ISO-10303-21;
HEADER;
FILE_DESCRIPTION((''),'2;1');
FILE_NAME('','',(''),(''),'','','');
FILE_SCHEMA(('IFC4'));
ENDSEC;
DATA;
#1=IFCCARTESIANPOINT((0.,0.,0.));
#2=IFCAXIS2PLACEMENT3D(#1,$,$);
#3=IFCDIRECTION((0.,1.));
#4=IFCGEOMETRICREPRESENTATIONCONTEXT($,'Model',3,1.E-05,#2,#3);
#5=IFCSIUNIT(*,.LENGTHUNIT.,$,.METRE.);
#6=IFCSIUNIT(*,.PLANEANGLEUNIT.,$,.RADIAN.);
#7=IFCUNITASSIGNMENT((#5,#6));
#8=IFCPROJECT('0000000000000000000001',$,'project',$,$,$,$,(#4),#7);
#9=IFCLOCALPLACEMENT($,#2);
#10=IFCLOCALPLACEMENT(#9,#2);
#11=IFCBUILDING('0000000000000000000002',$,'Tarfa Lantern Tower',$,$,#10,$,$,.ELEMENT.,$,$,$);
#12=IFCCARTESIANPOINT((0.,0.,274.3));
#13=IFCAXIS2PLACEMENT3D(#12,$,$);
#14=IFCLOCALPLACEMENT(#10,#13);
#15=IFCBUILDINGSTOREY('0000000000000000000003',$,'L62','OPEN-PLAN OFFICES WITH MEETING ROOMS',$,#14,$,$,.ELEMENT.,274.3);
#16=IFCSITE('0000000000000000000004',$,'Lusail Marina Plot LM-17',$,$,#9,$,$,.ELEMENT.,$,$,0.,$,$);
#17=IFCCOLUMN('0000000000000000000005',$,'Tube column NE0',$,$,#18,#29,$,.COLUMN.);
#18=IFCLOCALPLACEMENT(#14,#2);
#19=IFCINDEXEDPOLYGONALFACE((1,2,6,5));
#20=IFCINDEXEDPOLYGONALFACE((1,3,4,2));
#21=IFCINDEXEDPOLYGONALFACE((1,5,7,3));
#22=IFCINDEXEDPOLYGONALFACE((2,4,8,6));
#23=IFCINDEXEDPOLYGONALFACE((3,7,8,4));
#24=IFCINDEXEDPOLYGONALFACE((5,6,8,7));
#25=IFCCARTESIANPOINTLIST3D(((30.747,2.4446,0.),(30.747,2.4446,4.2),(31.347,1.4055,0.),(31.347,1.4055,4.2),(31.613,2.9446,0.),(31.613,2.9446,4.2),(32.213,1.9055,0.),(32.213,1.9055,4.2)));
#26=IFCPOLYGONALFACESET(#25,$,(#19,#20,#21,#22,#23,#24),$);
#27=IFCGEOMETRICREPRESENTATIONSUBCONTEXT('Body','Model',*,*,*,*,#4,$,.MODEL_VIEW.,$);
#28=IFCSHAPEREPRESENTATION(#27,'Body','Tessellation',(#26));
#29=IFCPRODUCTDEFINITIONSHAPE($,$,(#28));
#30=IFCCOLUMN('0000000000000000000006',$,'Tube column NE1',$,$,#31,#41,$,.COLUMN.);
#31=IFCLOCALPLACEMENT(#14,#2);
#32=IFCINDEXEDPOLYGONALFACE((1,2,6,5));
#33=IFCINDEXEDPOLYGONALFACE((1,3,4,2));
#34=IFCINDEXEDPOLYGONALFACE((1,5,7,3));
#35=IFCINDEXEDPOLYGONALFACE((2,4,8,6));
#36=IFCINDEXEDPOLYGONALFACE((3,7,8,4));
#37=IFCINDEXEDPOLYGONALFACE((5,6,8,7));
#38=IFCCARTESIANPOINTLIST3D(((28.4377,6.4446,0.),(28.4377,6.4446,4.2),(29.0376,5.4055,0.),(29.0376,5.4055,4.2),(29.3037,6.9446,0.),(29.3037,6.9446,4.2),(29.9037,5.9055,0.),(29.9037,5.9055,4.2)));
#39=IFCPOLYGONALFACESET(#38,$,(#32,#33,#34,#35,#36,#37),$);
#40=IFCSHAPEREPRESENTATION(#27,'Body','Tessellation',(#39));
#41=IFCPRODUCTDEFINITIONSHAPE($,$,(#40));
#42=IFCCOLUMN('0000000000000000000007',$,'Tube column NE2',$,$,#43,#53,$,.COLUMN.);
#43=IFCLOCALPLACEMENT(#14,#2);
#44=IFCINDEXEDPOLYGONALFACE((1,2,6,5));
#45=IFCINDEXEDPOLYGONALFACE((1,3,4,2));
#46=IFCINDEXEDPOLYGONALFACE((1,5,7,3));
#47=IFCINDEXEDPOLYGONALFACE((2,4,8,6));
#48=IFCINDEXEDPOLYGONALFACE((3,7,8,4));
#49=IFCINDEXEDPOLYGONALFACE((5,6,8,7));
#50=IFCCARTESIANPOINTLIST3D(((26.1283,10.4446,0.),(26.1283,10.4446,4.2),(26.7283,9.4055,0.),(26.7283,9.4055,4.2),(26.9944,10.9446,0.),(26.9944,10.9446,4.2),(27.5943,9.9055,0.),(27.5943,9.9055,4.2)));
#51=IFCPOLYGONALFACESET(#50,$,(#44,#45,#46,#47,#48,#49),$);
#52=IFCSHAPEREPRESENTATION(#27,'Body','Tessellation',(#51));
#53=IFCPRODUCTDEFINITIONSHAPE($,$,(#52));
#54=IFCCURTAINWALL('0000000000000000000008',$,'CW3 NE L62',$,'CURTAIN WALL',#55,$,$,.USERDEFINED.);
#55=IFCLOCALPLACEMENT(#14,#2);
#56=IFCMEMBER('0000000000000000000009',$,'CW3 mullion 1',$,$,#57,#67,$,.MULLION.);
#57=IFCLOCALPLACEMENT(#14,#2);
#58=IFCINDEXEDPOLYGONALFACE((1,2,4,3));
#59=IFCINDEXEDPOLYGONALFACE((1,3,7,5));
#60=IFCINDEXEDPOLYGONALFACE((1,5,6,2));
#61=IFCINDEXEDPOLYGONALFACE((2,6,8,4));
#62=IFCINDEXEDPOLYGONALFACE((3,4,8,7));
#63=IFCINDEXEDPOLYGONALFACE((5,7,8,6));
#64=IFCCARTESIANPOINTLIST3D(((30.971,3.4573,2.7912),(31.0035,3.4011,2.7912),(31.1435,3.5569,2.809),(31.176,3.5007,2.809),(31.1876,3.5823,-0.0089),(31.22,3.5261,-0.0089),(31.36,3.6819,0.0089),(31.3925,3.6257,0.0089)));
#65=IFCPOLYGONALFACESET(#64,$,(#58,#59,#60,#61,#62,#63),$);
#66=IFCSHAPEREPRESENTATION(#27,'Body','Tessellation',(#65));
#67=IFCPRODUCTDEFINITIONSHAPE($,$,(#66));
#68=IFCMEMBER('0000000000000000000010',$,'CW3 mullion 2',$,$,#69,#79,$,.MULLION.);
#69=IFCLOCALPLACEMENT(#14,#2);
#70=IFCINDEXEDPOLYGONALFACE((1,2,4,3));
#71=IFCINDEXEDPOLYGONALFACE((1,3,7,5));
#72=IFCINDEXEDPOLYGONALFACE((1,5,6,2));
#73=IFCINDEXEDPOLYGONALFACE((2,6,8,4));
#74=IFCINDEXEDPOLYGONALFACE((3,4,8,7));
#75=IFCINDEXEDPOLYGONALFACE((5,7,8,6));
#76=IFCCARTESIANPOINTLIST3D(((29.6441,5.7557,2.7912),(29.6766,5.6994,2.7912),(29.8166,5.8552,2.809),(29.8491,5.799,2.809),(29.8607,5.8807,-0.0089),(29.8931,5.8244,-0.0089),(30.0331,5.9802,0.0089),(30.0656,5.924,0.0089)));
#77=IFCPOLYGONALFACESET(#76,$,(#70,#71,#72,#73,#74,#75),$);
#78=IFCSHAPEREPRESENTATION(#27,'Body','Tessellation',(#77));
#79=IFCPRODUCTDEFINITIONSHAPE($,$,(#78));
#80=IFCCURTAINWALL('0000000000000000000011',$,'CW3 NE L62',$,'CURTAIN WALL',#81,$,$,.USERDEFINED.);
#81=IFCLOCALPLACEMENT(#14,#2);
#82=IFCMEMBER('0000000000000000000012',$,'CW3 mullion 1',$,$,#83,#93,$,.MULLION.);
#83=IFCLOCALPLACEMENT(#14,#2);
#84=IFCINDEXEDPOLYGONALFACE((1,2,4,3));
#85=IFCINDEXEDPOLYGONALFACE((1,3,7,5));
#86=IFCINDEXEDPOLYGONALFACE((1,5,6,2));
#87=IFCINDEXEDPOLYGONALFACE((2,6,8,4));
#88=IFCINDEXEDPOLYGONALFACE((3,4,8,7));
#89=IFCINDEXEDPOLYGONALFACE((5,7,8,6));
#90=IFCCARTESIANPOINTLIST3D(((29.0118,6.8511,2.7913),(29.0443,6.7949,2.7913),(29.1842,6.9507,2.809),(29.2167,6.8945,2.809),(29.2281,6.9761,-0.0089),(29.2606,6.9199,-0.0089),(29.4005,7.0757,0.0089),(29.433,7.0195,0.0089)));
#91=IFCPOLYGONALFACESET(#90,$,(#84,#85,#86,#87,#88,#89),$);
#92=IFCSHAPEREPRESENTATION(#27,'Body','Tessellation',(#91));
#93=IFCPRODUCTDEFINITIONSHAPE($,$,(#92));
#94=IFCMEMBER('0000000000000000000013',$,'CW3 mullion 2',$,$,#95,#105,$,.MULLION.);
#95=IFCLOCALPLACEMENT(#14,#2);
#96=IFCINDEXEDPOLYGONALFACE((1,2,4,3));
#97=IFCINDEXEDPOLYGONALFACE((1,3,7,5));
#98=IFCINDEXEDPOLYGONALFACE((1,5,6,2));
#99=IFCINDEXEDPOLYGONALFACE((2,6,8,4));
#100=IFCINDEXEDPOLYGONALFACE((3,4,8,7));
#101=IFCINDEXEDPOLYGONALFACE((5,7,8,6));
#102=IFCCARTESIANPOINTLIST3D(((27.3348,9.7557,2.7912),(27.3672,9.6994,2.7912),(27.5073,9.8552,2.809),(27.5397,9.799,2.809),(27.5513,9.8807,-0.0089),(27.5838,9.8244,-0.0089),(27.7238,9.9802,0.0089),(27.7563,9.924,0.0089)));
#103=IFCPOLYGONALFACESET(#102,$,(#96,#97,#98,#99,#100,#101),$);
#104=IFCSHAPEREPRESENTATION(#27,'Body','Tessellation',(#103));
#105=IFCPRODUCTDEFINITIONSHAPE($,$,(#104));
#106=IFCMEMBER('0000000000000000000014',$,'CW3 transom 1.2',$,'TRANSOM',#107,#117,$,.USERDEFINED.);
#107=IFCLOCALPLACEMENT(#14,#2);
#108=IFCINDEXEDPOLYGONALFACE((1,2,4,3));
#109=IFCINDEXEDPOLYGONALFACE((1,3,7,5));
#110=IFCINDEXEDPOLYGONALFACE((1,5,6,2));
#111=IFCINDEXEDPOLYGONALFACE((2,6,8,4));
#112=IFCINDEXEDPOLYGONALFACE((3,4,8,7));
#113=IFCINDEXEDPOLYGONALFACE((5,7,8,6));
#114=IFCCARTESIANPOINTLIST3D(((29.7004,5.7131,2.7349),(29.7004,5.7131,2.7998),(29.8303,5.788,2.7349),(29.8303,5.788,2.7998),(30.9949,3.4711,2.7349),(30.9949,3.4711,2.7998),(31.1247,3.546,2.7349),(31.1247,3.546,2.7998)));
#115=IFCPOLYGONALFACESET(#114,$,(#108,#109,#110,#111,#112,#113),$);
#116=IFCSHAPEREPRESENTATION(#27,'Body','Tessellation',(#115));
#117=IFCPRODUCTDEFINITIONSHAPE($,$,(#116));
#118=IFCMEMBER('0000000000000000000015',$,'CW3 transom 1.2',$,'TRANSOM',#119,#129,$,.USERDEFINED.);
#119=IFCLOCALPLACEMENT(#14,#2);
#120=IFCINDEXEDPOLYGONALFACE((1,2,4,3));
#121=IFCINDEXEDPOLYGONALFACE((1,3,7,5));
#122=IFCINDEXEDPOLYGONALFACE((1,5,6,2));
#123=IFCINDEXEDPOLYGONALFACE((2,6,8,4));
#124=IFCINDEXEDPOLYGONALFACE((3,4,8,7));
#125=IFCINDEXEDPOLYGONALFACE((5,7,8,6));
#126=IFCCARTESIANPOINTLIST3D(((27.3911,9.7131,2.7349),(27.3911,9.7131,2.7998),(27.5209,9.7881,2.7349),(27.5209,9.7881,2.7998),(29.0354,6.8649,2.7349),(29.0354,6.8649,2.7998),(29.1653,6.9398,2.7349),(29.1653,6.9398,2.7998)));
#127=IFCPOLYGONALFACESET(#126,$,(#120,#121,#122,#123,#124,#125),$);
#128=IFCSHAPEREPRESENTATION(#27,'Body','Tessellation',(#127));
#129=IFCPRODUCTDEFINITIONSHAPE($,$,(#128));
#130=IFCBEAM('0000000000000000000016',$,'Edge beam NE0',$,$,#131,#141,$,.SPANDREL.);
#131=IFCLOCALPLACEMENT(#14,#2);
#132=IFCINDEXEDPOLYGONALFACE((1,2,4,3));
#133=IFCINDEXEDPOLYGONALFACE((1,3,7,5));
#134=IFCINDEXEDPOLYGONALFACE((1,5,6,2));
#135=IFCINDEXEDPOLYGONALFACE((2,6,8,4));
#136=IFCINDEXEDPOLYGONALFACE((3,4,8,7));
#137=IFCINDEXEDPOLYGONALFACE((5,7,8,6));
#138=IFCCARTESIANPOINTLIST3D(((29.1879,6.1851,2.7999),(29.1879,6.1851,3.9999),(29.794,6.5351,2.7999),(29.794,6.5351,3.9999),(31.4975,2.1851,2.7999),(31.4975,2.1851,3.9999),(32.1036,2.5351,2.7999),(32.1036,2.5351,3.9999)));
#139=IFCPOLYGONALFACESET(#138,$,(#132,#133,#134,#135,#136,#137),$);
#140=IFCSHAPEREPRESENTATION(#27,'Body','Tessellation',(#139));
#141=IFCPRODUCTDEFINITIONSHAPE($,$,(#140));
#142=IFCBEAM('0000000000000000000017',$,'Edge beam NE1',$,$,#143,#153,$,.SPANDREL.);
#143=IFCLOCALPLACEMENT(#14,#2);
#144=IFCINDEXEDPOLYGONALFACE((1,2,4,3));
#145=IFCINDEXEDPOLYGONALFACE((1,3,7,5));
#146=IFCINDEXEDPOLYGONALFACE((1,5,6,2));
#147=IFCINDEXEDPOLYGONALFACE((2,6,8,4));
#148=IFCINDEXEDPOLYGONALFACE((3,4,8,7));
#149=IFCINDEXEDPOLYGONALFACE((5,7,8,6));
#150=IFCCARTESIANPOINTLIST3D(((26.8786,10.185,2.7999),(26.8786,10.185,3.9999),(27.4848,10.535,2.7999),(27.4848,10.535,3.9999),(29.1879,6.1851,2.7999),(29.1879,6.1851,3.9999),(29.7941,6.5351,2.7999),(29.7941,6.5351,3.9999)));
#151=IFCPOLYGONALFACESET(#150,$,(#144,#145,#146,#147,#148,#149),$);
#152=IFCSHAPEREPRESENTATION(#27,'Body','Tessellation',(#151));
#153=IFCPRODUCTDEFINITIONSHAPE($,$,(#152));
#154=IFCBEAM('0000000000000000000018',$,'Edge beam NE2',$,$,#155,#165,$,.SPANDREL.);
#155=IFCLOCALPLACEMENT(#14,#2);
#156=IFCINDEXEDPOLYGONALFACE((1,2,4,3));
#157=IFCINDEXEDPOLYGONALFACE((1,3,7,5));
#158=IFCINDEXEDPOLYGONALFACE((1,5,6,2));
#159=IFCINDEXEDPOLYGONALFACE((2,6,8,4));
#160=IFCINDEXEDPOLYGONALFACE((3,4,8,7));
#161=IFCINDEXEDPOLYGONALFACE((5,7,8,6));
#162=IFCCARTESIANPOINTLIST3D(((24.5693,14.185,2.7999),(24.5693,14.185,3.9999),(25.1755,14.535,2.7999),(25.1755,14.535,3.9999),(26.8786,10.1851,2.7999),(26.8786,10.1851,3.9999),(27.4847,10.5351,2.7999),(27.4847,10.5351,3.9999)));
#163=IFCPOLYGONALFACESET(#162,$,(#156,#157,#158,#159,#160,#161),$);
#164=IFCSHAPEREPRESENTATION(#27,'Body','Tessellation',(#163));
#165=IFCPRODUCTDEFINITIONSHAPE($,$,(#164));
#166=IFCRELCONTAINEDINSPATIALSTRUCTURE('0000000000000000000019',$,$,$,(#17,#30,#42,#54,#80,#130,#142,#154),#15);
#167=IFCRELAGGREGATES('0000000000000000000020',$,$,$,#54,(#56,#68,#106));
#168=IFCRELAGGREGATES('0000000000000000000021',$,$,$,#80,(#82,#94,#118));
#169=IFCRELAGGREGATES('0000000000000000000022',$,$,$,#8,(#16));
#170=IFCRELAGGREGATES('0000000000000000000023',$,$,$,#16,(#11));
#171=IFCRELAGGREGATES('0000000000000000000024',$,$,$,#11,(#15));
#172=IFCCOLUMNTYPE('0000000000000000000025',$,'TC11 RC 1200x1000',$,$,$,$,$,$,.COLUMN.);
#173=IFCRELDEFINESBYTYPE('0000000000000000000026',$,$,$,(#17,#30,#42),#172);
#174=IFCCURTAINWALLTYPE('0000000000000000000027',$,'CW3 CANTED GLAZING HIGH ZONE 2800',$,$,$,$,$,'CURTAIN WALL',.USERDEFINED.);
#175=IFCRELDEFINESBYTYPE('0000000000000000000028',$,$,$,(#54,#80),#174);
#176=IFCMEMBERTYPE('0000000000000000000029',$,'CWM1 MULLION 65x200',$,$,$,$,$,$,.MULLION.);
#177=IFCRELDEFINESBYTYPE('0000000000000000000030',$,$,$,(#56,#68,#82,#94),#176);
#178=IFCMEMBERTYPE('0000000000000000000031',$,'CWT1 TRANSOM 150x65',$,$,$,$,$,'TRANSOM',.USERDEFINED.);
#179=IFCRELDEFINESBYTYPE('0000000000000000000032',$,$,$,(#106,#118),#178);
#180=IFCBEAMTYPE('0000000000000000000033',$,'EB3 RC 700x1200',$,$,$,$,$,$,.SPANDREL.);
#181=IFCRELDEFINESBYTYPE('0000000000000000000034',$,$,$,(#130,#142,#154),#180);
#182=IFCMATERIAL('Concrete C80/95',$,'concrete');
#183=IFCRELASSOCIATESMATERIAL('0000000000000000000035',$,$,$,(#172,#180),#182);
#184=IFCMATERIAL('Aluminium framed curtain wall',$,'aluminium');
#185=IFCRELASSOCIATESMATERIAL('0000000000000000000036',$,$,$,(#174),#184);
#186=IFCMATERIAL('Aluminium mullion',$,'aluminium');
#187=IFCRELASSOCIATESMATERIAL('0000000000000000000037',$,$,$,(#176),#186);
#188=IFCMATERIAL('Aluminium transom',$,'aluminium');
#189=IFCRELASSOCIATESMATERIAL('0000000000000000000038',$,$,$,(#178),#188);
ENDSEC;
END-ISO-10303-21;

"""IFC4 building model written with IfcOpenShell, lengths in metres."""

from ifc_helpers import new_model, si_unit, direction, frame, origin, origin_2d, place, context, subcontext, project, spatial, rectangle, extrude, material, material_profile, profile_set, type_object, element, aggregate, save


model = new_model("IFC4")

# Units and contexts
model_context = context("Model", 3, precision=1e-05, world=origin(), true_north=direction((0.0, 1.0)))
body_context = subcontext(model_context, "Body", "Model", "MODEL_VIEW")
ifc_project = project(units=[si_unit("LENGTHUNIT", "METRE"), si_unit("PLANEANGLEUNIT", "RADIAN")], contexts=[model_context])

# Site, building, storey
site_placement = place(None, origin())
site = spatial("IfcSite", under=ifc_project, at=site_placement, Name="Lusail Marina Plot LM-17", CompositionType="ELEMENT", RefElevation=0.0)
building_placement = place(site_placement, origin())
building = spatial("IfcBuilding", under=site, at=building_placement, Name="Tarfa Lantern Tower", CompositionType="ELEMENT")
storey_placement = place(building_placement, frame((0.0, 0.0, 274.3)))
storey = spatial("IfcBuildingStorey", under=building, at=storey_placement, Name="L62", Description="OPEN-PLAN OFFICES WITH MEETING ROOMS", CompositionType="ELEMENT", Elevation=274.3)

# Columns
ifc_material_1 = material(Name="Concrete C80/95", Category="concrete")
ifc_material_profile_1 = material_profile(ifc_material_1, rectangle(XDim=1.2, YDim=1.0, at=origin_2d()), Name="RC 1200x1000")
ifc_profile_set_1 = profile_set([ifc_material_profile_1], Name="Concrete C80/95")
column_type = type_object("IfcColumnType", Name="TC11 RC 1200x1000", PredefinedType="COLUMN", material=ifc_profile_set_1)
for number, where, z_axis, x_axis, name in (
    (1, (31.48, 2.175, 0.0), (0.0, 0.0, 1.0), (-0.5, 0.866025, 0.0), "Tube column NE0"),
    (2, (29.1707, 6.175, 0.0), (0.0, 0.0, 1.0), (-0.5, 0.866025, 0.0), "Tube column NE1"),
    (3, (26.8613, 10.175, 0.0), (0.0, 0.0, 1.0), (-0.5, 0.866025, 0.0), "Tube column NE2"),
):
    element("IfcColumn", number, at=place(storey_placement, frame(where, z_axis=z_axis, x_axis=x_axis)), inside=storey, type_object=column_type, Name=name, PredefinedType="COLUMN", context=body_context, shape_type="SweptSolid", body=[
        extrude(rectangle(XDim=1.2, YDim=1.0, at=origin_2d()), origin(), (0.0, 0.0, 1.0), 4.2),
    ])

# Curtain walls, members
ifc_material_2 = material(Name="Aluminium framed curtain wall", Category="aluminium")
curtain_wall_type = type_object("IfcCurtainWallType", Name="CW3 CANTED GLAZING HIGH ZONE 2800", ElementType="CURTAIN WALL", PredefinedType="USERDEFINED", material=ifc_material_2)
curtain_wall_1_placement = place(storey_placement, origin())
curtain_wall_1 = element("IfcCurtainWall", 4, at=curtain_wall_1_placement, inside=storey, type_object=curtain_wall_type, Name="CW3 NE L62", ObjectType="CURTAIN WALL", PredefinedType="USERDEFINED")
ifc_material_3 = material(Name="Aluminium mullion", Category="aluminium")
ifc_material_profile_2 = material_profile(ifc_material_3, rectangle(XDim=0.0649, YDim=0.2, at=origin_2d()), Name="AL MULLION 65x200")
ifc_profile_set_2 = profile_set([ifc_material_profile_2], Name="Aluminium mullion")
member_type_1 = type_object("IfcMemberType", Name="CWM1 MULLION 65x200", PredefinedType="MULLION", material=ifc_profile_set_2)
member_1_placement = place(storey_placement, frame((31.29, 3.604, 0.0), z_axis=(-0.077032, -0.044465, 0.996037), x_axis=(0.49992, -0.866072, 0.0)))
member_1 = element("IfcMember", 5, at=member_1_placement, type_object=member_type_1, Name="CW3 mullion 1", PredefinedType="MULLION", context=body_context, shape_type="SweptSolid", body=[
    extrude(rectangle(XDim=0.0649, YDim=0.2, at=origin_2d()), origin(), (0.0, 0.0, 1.0), 2.8113),
])
member_2_placement = place(storey_placement, frame((29.9631, 5.9023, 0.0), z_axis=(-0.077032, -0.044465, 0.996037), x_axis=(0.49992, -0.866072, 0.0)))
member_2 = element("IfcMember", 6, at=member_2_placement, type_object=member_type_1, Name="CW3 mullion 2", PredefinedType="MULLION", context=body_context, shape_type="SweptSolid", body=[
    extrude(rectangle(XDim=0.0649, YDim=0.2, at=origin_2d()), origin(), (0.0, 0.0, 1.0), 2.8113),
])
curtain_wall_2_placement = place(storey_placement, origin())
curtain_wall_2 = element("IfcCurtainWall", 7, at=curtain_wall_2_placement, inside=storey, type_object=curtain_wall_type, Name="CW3 NE L62", ObjectType="CURTAIN WALL", PredefinedType="USERDEFINED")
member_3_placement = place(storey_placement, frame((29.3306, 6.9978, 0.0), z_axis=(-0.076946, -0.044465, 0.996043), x_axis=(0.500343, -0.865827, 0.0)))
member_3 = element("IfcMember", 8, at=member_3_placement, type_object=member_type_1, Name="CW3 mullion 1", PredefinedType="MULLION", context=body_context, shape_type="SweptSolid", body=[
    extrude(rectangle(XDim=0.0649, YDim=0.2, at=origin_2d()), origin(), (0.0, 0.0, 1.0), 2.8113),
])
member_4_placement = place(storey_placement, frame((27.6538, 9.9023, 0.0), z_axis=(-0.077032, -0.044465, 0.996037), x_axis=(0.49992, -0.866072, 0.0)))
member_4 = element("IfcMember", 9, at=member_4_placement, type_object=member_type_1, Name="CW3 mullion 2", PredefinedType="MULLION", context=body_context, shape_type="SweptSolid", body=[
    extrude(rectangle(XDim=0.0649, YDim=0.2, at=origin_2d()), origin(), (0.0, 0.0, 1.0), 2.8113),
])

# Members
ifc_material_4 = material(Name="Aluminium transom", Category="aluminium")
ifc_material_profile_3 = material_profile(ifc_material_4, rectangle(XDim=0.1499, YDim=0.0649, at=origin_2d()), Name="AL TRANSOM 150x65")
ifc_profile_set_3 = profile_set([ifc_material_profile_3], Name="Aluminium transom")
member_type_2 = type_object("IfcMemberType", Name="CWT1 TRANSOM 150x65", ElementType="TRANSOM", PredefinedType="USERDEFINED", material=ifc_profile_set_3)
member_5_placement = place(storey_placement, frame((31.0598, 3.5085, 2.7673), z_axis=(-0.500014, 0.866018, 0.0), x_axis=(-0.866018, -0.500014, 0.0)))
member_5 = element("IfcMember", 10, at=member_5_placement, type_object=member_type_2, Name="CW3 transom 1.2", ObjectType="TRANSOM", PredefinedType="USERDEFINED", context=body_context, shape_type="SweptSolid", body=[
    extrude(rectangle(XDim=0.1499, YDim=0.0649, at=origin_2d()), origin(), (0.0, 0.0, 1.0), 2.5889),
])
member_6_placement = place(storey_placement, frame((29.1003, 6.9023, 2.7673), z_axis=(-0.499979, 0.866037, 0.0), x_axis=(-0.866037, -0.499979, 0.0)))
member_6 = element("IfcMember", 11, at=member_6_placement, type_object=member_type_2, Name="CW3 transom 1.2", ObjectType="TRANSOM", PredefinedType="USERDEFINED", context=body_context, shape_type="SweptSolid", body=[
    extrude(rectangle(XDim=0.1499, YDim=0.0649, at=origin_2d()), origin(), (0.0, 0.0, 1.0), 3.2888),
])

# Beams
ifc_material_profile_4 = material_profile(ifc_material_1, rectangle(XDim=0.7, YDim=1.2, at=origin_2d()), Name="RC 700x1200")
ifc_profile_set_4 = profile_set([ifc_material_profile_4], Name="Concrete C80/95")
beam_type_1 = type_object("IfcBeamType", Name="EB3 RC 700x1200", PredefinedType="SPANDREL", material=ifc_profile_set_4)
beam_1_placement = place(storey_placement, frame((31.8005, 2.3601, 3.3999), z_axis=(-0.500027, 0.86601, 0.0), x_axis=(-0.86601, -0.500027, 0.0)))
element("IfcBeam", 12, at=beam_1_placement, inside=storey, type_object=beam_type_1, Name="Edge beam NE0", PredefinedType="SPANDREL", context=body_context, shape_type="SweptSolid", body=[
    extrude(rectangle(XDim=0.7, YDim=1.2, at=origin_2d()), origin(), (0.0, 0.0, 1.0), 4.6189),
])
for number, where, z_axis, x_axis, name in (
    (13, (29.491, 6.3601, 3.3999), (-0.499988, 0.866032, 0.0), (-0.866032, -0.499988, 0.0), "Edge beam NE1"),
    (14, (27.1816, 10.3601, 3.3999), (-0.499988, 0.866032, 0.0), (-0.866032, -0.499988, 0.0), "Edge beam NE2"),
):
    element("IfcBeam", number, at=place(storey_placement, frame(where, z_axis=z_axis, x_axis=x_axis)), inside=storey, type_object=beam_type_1, Name=name, PredefinedType="SPANDREL", context=body_context, shape_type="SweptSolid", body=[
        extrude(rectangle(XDim=0.7, YDim=1.2, at=origin_2d()), origin(), (0.0, 0.0, 1.0), 4.6187),
    ])

aggregate(curtain_wall_1, [member_1, member_2, member_5])
aggregate(curtain_wall_2, [member_3, member_4, member_6])

save(model, "model.ifc")
